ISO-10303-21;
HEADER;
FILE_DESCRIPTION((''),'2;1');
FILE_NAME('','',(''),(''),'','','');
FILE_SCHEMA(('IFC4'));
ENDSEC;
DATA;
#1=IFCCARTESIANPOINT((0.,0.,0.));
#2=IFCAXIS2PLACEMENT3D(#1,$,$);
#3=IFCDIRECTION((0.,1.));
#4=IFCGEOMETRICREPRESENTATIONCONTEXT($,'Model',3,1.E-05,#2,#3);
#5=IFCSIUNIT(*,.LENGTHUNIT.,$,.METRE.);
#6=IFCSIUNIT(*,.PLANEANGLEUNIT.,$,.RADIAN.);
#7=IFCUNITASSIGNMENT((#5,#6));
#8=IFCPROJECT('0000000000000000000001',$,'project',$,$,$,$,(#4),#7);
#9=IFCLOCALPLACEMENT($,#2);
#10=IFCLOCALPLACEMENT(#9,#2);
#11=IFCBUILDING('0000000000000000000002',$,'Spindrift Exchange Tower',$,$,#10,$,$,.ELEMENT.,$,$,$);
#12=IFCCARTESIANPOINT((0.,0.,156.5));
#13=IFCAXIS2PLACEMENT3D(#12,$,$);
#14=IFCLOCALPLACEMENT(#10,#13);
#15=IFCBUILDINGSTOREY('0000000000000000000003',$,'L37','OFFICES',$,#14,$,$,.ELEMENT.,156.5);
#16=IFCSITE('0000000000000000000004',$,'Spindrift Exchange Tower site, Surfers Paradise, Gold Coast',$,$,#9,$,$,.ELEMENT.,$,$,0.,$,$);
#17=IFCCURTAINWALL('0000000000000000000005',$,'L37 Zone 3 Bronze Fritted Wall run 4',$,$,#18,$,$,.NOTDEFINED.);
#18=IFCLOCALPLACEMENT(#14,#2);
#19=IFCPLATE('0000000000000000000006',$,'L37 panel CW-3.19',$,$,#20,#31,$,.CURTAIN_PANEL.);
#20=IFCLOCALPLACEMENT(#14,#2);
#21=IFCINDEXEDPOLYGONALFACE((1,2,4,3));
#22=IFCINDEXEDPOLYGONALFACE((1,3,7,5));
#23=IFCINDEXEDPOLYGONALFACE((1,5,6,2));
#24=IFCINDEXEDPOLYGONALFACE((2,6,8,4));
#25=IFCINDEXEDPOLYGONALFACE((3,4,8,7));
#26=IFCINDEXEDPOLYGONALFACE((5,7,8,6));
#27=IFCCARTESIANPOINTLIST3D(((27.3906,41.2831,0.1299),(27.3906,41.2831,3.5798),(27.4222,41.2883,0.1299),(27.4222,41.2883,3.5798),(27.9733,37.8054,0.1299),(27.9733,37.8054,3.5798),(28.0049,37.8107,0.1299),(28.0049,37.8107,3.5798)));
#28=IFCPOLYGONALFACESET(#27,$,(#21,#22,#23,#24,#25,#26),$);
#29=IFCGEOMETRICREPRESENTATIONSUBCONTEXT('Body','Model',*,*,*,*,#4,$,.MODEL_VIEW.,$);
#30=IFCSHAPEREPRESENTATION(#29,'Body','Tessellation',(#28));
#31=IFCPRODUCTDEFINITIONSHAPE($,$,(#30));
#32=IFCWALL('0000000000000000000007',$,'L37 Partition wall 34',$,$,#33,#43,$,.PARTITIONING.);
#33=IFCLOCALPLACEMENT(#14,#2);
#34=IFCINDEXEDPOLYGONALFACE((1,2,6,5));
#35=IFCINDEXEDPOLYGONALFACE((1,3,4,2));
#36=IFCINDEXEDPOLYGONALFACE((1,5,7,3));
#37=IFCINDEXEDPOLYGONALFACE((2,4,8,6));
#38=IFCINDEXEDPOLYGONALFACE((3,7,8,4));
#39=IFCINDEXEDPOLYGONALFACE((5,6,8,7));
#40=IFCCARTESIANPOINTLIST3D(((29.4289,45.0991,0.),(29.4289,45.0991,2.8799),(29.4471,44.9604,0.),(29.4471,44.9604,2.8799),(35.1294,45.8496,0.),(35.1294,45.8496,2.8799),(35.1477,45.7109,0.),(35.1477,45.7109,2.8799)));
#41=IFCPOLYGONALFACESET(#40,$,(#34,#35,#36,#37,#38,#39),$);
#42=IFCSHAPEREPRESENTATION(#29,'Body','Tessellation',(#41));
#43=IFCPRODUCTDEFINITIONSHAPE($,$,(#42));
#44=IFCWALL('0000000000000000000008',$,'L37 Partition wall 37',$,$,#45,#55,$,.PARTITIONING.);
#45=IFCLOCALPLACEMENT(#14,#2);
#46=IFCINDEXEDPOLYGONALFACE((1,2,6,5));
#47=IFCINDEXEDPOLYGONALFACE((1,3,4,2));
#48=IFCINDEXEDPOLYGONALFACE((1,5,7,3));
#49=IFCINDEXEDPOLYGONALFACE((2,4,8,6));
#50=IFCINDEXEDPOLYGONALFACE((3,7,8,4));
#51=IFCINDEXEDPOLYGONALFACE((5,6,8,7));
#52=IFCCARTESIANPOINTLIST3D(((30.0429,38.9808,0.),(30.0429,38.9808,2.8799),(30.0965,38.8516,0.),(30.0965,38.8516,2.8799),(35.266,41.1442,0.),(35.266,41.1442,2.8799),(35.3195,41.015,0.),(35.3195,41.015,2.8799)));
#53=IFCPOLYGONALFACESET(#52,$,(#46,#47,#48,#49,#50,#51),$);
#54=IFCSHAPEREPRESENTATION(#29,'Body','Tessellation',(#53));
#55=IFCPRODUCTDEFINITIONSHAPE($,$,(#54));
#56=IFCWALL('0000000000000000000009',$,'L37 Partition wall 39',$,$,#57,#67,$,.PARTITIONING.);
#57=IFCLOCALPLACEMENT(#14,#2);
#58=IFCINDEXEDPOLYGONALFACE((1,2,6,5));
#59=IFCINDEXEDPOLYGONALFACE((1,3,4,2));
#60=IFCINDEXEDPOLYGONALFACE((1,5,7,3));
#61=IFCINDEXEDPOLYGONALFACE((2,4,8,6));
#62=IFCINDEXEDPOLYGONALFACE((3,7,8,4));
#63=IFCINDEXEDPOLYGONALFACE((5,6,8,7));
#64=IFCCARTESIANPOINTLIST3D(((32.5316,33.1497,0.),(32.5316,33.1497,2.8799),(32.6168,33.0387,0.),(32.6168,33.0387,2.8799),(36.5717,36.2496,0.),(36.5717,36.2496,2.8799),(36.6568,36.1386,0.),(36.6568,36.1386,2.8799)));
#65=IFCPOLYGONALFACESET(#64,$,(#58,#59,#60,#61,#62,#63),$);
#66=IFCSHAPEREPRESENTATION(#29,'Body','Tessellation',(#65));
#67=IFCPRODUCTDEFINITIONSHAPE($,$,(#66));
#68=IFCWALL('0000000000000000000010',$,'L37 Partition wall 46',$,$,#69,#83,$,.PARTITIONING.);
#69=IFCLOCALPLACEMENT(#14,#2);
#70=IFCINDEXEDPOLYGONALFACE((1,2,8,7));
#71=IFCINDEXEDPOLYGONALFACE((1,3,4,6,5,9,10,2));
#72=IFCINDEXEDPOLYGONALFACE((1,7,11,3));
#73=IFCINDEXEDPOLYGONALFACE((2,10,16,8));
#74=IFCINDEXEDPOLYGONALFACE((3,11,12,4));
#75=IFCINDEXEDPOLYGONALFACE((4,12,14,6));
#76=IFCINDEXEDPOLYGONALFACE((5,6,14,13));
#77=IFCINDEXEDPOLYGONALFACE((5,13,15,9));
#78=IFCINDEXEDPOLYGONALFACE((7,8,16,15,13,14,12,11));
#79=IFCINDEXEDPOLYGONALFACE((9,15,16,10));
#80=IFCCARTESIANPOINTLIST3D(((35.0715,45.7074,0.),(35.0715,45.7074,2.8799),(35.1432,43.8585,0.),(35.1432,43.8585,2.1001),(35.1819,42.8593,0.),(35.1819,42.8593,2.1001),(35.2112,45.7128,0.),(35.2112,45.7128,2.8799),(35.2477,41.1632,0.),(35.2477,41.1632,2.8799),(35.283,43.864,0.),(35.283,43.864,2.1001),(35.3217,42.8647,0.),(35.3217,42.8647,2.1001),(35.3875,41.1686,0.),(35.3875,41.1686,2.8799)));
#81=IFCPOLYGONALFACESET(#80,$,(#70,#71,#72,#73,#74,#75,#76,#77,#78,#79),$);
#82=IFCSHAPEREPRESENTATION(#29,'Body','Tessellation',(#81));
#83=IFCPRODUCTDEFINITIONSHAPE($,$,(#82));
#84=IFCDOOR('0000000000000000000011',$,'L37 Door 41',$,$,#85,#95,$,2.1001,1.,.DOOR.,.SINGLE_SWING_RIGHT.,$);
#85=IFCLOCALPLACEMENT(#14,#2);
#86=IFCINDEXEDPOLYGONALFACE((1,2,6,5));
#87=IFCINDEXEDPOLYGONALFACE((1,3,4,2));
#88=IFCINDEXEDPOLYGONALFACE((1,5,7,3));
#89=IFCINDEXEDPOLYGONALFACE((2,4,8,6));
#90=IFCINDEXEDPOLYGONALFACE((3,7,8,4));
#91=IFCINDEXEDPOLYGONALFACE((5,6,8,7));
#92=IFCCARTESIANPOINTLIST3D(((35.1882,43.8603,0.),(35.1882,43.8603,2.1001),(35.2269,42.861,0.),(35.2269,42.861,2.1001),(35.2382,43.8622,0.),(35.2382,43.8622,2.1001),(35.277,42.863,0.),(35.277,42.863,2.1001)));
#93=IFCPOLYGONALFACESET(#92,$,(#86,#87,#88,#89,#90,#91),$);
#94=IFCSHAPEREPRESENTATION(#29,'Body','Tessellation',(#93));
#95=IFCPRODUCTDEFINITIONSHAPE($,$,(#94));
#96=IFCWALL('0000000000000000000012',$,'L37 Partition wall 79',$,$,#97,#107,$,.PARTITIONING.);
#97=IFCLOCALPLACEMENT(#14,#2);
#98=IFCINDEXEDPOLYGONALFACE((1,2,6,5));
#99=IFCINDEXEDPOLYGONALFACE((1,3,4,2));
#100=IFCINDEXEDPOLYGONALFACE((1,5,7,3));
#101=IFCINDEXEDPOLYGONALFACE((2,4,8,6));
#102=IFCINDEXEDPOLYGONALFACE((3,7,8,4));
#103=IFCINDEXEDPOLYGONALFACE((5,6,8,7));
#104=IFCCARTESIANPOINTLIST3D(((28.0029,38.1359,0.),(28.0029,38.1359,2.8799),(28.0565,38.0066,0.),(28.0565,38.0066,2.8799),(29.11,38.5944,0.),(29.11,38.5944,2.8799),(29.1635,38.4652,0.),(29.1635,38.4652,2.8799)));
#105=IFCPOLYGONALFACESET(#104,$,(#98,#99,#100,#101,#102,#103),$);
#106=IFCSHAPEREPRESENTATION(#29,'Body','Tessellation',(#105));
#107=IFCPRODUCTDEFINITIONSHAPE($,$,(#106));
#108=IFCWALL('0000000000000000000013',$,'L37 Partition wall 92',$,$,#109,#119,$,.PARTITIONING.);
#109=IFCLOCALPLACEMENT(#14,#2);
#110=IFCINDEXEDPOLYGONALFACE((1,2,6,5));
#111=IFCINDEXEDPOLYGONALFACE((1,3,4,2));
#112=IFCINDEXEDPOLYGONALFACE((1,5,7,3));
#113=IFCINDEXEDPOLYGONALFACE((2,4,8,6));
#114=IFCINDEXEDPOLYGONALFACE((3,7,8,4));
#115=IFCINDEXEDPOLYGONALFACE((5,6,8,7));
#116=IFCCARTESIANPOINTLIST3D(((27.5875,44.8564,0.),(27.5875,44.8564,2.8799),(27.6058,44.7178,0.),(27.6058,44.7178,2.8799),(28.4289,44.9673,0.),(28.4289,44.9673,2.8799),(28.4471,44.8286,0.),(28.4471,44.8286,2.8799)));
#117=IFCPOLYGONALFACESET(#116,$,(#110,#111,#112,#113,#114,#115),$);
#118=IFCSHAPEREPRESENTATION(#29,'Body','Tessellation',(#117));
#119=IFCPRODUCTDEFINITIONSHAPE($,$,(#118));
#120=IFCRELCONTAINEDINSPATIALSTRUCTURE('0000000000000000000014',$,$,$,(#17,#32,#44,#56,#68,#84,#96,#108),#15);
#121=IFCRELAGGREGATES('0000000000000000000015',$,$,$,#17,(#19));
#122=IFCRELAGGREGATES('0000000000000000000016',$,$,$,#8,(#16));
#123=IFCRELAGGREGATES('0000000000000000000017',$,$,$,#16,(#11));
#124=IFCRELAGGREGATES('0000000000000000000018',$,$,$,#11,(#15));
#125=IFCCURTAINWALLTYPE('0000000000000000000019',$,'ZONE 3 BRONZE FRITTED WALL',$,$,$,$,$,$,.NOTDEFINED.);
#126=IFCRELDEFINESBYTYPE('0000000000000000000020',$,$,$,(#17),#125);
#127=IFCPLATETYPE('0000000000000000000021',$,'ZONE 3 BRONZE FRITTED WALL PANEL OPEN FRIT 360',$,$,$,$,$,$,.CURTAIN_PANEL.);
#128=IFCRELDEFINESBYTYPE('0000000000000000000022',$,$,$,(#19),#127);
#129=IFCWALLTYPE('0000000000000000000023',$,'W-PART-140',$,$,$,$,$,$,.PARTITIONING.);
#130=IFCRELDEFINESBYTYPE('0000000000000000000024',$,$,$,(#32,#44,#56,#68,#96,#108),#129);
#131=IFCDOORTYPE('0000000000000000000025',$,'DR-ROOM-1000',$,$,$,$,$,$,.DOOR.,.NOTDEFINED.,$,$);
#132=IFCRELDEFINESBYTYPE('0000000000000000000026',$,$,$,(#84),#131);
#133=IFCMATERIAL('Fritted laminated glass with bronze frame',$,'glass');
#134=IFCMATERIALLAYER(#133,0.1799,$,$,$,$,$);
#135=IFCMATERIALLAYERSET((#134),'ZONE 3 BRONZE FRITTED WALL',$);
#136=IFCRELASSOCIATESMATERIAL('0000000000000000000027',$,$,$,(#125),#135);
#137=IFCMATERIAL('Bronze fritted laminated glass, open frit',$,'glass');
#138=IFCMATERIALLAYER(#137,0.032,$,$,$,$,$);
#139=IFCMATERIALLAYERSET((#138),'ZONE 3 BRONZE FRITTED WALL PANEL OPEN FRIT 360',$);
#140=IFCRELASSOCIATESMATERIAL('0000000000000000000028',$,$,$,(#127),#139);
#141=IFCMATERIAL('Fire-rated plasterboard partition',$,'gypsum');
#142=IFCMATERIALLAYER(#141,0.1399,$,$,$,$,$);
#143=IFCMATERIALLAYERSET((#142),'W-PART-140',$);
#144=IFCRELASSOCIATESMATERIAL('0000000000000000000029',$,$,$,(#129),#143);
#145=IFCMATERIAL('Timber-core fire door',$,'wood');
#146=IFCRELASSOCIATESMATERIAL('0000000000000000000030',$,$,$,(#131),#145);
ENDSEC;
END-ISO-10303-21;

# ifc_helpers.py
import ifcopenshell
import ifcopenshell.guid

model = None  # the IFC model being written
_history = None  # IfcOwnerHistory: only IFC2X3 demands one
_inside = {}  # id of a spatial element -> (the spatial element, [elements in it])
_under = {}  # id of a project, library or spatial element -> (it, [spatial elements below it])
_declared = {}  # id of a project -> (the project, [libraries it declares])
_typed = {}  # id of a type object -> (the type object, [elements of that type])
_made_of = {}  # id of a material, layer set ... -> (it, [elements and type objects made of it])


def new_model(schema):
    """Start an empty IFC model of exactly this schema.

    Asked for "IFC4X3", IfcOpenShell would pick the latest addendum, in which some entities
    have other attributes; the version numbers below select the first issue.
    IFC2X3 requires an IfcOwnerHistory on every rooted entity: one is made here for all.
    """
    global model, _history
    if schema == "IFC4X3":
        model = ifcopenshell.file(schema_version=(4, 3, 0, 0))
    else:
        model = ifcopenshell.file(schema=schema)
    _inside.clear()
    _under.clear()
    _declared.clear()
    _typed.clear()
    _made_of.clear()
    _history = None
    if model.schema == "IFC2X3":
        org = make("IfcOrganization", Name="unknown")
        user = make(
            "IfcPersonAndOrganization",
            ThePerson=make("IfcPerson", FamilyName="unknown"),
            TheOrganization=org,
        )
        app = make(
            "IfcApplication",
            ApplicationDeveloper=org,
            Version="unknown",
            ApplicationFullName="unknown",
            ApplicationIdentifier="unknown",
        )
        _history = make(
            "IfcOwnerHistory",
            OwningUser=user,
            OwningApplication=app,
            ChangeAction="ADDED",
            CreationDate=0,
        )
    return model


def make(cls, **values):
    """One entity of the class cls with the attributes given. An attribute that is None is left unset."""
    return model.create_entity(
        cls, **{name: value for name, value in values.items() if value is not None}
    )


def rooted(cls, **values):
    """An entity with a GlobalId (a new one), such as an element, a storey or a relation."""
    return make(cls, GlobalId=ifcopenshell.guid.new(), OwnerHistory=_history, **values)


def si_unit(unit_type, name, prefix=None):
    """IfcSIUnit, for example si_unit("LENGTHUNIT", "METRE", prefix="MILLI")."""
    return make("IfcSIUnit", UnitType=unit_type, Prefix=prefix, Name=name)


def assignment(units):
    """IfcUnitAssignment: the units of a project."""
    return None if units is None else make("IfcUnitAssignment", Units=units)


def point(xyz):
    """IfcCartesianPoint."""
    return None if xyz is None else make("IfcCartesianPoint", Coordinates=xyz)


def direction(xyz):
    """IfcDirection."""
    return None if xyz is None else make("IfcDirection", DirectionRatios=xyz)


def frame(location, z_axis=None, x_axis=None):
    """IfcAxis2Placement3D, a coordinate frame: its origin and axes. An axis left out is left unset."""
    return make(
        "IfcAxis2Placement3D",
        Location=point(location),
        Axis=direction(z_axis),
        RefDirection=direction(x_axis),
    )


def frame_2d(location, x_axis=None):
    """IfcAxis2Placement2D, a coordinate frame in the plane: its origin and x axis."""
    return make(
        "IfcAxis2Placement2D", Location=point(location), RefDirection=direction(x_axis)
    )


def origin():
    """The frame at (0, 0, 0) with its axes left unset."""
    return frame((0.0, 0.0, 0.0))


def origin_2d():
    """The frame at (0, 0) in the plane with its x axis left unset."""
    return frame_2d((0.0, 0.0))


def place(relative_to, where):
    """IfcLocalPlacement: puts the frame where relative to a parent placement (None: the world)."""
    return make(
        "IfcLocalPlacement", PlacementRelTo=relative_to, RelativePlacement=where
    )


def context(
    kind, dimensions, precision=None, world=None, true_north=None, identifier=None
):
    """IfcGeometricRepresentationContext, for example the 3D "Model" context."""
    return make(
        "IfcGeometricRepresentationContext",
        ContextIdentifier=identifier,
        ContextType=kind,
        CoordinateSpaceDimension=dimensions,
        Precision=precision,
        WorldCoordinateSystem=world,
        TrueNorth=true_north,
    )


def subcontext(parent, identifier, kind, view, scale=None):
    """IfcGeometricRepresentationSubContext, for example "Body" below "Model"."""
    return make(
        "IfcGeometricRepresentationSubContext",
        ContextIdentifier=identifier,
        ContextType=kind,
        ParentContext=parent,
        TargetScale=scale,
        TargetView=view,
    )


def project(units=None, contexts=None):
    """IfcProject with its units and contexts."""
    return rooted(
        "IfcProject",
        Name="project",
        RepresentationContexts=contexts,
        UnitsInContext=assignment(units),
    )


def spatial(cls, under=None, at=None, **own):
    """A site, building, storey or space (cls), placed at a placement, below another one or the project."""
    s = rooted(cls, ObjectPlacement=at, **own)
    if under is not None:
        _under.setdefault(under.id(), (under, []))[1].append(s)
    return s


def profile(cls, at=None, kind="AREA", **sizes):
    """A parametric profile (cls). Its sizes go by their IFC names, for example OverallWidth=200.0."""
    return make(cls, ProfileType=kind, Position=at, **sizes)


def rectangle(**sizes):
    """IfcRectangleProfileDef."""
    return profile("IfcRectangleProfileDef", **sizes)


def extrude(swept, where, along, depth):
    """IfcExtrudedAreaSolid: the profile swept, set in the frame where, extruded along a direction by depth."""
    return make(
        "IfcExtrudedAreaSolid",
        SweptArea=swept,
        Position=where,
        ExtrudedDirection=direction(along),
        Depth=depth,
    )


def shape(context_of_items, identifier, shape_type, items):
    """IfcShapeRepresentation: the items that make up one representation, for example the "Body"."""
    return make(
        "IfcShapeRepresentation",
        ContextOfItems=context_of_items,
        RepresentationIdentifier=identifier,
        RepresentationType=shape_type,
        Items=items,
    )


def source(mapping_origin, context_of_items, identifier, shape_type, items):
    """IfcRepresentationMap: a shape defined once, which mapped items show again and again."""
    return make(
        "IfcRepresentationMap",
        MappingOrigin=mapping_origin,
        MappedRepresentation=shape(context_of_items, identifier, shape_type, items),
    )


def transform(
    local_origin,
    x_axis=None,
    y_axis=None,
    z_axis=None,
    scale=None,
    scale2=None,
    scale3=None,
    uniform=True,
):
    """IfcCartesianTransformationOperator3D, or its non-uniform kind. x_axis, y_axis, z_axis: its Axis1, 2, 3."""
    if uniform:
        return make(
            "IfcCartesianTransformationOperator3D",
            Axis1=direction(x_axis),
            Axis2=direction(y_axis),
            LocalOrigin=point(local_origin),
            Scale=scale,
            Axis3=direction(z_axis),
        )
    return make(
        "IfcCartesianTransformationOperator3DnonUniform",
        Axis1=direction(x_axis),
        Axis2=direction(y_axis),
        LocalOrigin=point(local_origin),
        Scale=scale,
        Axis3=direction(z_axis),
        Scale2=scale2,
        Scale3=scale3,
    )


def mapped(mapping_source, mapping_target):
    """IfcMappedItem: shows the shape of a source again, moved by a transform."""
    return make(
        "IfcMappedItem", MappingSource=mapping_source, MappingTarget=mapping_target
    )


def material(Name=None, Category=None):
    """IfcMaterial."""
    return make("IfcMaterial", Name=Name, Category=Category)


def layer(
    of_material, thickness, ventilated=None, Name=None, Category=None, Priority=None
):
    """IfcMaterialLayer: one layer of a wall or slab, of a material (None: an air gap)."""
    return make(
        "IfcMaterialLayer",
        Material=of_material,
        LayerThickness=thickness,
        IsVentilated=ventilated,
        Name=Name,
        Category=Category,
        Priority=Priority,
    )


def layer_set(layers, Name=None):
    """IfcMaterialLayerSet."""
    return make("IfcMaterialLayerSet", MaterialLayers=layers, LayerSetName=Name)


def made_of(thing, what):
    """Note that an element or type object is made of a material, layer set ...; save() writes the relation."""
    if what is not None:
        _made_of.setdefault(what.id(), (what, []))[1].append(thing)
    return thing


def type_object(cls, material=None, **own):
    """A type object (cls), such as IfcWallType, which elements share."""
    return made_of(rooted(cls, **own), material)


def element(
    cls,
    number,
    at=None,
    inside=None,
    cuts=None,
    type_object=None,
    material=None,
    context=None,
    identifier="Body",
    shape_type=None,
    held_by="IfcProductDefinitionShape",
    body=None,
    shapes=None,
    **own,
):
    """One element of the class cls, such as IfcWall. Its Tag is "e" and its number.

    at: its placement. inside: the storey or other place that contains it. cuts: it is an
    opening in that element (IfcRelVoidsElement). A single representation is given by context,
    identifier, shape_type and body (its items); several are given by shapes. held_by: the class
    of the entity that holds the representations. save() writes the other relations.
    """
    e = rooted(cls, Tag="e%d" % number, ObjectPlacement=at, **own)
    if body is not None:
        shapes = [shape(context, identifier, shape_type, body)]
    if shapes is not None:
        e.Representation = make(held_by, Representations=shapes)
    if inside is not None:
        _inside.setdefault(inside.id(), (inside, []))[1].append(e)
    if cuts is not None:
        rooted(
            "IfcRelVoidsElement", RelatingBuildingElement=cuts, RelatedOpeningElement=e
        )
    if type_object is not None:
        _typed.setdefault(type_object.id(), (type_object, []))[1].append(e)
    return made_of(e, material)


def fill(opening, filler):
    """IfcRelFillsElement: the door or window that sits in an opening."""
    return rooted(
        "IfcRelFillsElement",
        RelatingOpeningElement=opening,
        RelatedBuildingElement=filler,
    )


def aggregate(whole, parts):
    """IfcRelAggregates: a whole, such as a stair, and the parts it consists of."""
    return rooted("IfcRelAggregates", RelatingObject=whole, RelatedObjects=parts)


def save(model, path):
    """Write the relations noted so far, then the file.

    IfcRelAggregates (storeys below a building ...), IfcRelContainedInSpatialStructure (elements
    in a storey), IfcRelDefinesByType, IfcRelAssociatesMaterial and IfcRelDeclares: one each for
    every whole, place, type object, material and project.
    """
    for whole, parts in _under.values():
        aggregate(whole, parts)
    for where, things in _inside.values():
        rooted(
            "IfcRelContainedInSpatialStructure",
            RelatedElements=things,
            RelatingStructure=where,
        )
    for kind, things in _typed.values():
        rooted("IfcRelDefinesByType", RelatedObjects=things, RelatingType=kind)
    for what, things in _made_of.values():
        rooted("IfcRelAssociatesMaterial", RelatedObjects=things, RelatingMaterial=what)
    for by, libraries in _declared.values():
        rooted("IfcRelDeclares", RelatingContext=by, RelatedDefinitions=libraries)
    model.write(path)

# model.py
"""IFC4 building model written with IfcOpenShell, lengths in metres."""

from ifc_helpers import new_model, si_unit, direction, frame, frame_2d, origin, origin_2d, place, context, subcontext, project, spatial, rectangle, extrude, source, transform, mapped, material, layer, layer_set, type_object, element, fill, aggregate, save


model = new_model("IFC4")

# Units and contexts
model_context = context("Model", 3, precision=1e-05, world=origin(), true_north=direction((0.0, 1.0)))
body_context = subcontext(model_context, "Body", "Model", "MODEL_VIEW")
ifc_project = project(units=[si_unit("LENGTHUNIT", "METRE"), si_unit("PLANEANGLEUNIT", "RADIAN")], contexts=[model_context])

# Site, building, storey
site_placement = place(None, origin())
site = spatial("IfcSite", under=ifc_project, at=site_placement, Name="Spindrift Exchange Tower site, Surfers Paradise, Gold Coast", CompositionType="ELEMENT", RefElevation=0.0)
building_placement = place(site_placement, origin())
building = spatial("IfcBuilding", under=site, at=building_placement, Name="Spindrift Exchange Tower", CompositionType="ELEMENT")
storey_placement = place(building_placement, frame((0.0, 0.0, 156.5)))
storey = spatial("IfcBuildingStorey", under=building, at=storey_placement, Name="L37", Description="OFFICES", CompositionType="ELEMENT", Elevation=156.5)

# Curtain wall
ifc_material_1 = material(Name="Fritted laminated glass with bronze frame", Category="glass")
ifc_layer_1 = layer(ifc_material_1, 0.1799)
ifc_layer_set_1 = layer_set([ifc_layer_1], Name="ZONE 3 BRONZE FRITTED WALL")
curtain_wall_type = type_object("IfcCurtainWallType", Name="ZONE 3 BRONZE FRITTED WALL", PredefinedType="NOTDEFINED", material=ifc_layer_set_1)
curtain_wall_1_placement = place(storey_placement, origin())
curtain_wall_1 = element("IfcCurtainWall", 1, at=curtain_wall_1_placement, inside=storey, type_object=curtain_wall_type, Name="L37 Zone 3 Bronze Fritted Wall run 4", PredefinedType="NOTDEFINED")

# Plate
ifc_material_2 = material(Name="Bronze fritted laminated glass, open frit", Category="glass")
ifc_layer_2 = layer(ifc_material_2, 0.032)
ifc_layer_set_2 = layer_set([ifc_layer_2], Name="ZONE 3 BRONZE FRITTED WALL PANEL OPEN FRIT 360")
plate_type_1 = type_object("IfcPlateType", Name="ZONE 3 BRONZE FRITTED WALL PANEL OPEN FRIT 360", PredefinedType="CURTAIN_PANEL", material=ifc_layer_set_2)
shared_shape_1 = source(origin(), body_context, "Body", "SweptSolid", [
    extrude(rectangle(XDim=3.5261, YDim=0.032, at=origin_2d()), origin(), (0.0, 0.0, 1.0), 3.45),
])
plate_1_placement = place(storey_placement, frame((27.6978, 39.5469, 0.1299), z_axis=(0.0, 0.0, 1.0), x_axis=(0.165256, -0.986251, 0.0)))
plate_1 = element("IfcPlate", 2, at=plate_1_placement, type_object=plate_type_1, Name="L37 panel CW-3.19", PredefinedType="CURTAIN_PANEL", context=body_context, shape_type="MappedRepresentation", body=[
    mapped(shared_shape_1, transform((0.0, 0.0, 0.0), scale=1.0)),
])
aggregate(curtain_wall_1, [plate_1])

# Walls
ifc_material_3 = material(Name="Fire-rated plasterboard partition", Category="gypsum")
ifc_layer_3 = layer(ifc_material_3, 0.1399)
ifc_layer_set_3 = layer_set([ifc_layer_3], Name="W-PART-140")
wall_type = type_object("IfcWallType", Name="W-PART-140", PredefinedType="PARTITIONING", material=ifc_layer_set_3)
wall_1_placement = place(storey_placement, frame((35.1387, 45.7803, 0.0), z_axis=(0.0, 0.0, 1.0), x_axis=(-0.991445, -0.130523, 0.0)))
element("IfcWall", 3, at=wall_1_placement, inside=storey, type_object=wall_type, Name="L37 Partition wall 34", PredefinedType="PARTITIONING", context=body_context, shape_type="SweptSolid", body=[
    extrude(rectangle(XDim=5.7498, YDim=0.1399, at=frame_2d((2.875, 0.0))), origin(), (0.0, 0.0, 1.0), 2.8799),
])
wall_2_placement = place(storey_placement, frame((35.2927, 41.0796, 0.0), z_axis=(0.0, 0.0, 1.0), x_axis=(-0.923884, -0.382673, 0.0)))
element("IfcWall", 4, at=wall_2_placement, inside=storey, type_object=wall_type, Name="L37 Partition wall 37", PredefinedType="PARTITIONING", context=body_context, shape_type="SweptSolid", body=[
    extrude(rectangle(XDim=5.6533, YDim=0.1399, at=frame_2d((2.8267, 0.0))), origin(), (0.0, 0.0, 1.0), 2.8799),
])
wall_3_placement = place(storey_placement, frame((36.6143, 36.1941, 0.0), z_axis=(0.0, 0.0, 1.0), x_axis=(-0.79337, -0.608739, 0.0)))
element("IfcWall", 5, at=wall_3_placement, inside=storey, type_object=wall_type, Name="L37 Partition wall 39", PredefinedType="PARTITIONING", context=body_context, shape_type="SweptSolid", body=[
    extrude(rectangle(XDim=5.0923, YDim=0.1399, at=frame_2d((2.5461, 0.0))), origin(), (0.0, 0.0, 1.0), 2.8799),
])

# Wall, opening, door
wall_4_placement = place(storey_placement, frame((35.3176, 41.1658, 0.0), z_axis=(0.0, 0.0, 1.0), x_axis=(-0.038761, 0.999249, 0.0)))
wall_4 = element("IfcWall", 6, at=wall_4_placement, inside=storey, type_object=wall_type, Name="L37 Partition wall 46", PredefinedType="PARTITIONING", context=body_context, shape_type="SweptSolid", body=[
    extrude(rectangle(XDim=4.5476, YDim=0.1399, at=frame_2d((2.2739, 0.0))), origin(), (0.0, 0.0, 1.0), 2.8799),
])
opening_placement = place(wall_4_placement, frame((1.6975, 0.0, 0.0)))
opening = element("IfcOpeningElement", 7, at=opening_placement, cuts=wall_4, PredefinedType="OPENING", context=body_context, shape_type="SweptSolid", body=[
    extrude(rectangle(XDim=1.0, YDim=2.1001, at=frame_2d((0.5, 1.05))), frame((0.0, 0.0798, 0.0), z_axis=(0.0, -1.0, 0.0), x_axis=(1.0, 0.0, 0.0)), (0.0, 0.0, 1.0), 0.1599),
])
ifc_material_4 = material(Name="Timber-core fire door", Category="wood")
door_type = type_object("IfcDoorType", Name="DR-ROOM-1000", OperationType="NOTDEFINED", PredefinedType="DOOR", material=ifc_material_4)
shared_shape_2 = source(origin(), body_context, "Body", "SweptSolid", [
    extrude(rectangle(XDim=1.0, YDim=2.1001, at=frame_2d((0.5, 1.05))), frame((0.0, 0.0249, 0.0), z_axis=(0.0, -1.0, 0.0), x_axis=(1.0, 0.0, 0.0)), (0.0, 0.0, 1.0), 0.05),
])
door_placement = place(opening_placement, origin())
door = element("IfcDoor", 8, at=door_placement, inside=storey, type_object=door_type, Name="L37 Door 41", OperationType="SINGLE_SWING_RIGHT", OverallHeight=2.1001, OverallWidth=1.0, PredefinedType="DOOR", context=body_context, shape_type="MappedRepresentation", body=[
    mapped(shared_shape_2, transform((0.0, 0.0, 0.0), scale=1.0)),
])
fill(opening, door)

# Walls
wall_5_placement = place(storey_placement, frame((29.1367, 38.5298, 0.0), z_axis=(0.0, 0.0, 1.0), x_axis=(-0.923883, -0.382676, 0.0)))
element("IfcWall", 9, at=wall_5_placement, inside=storey, type_object=wall_type, Name="L37 Partition wall 79", PredefinedType="PARTITIONING", context=body_context, shape_type="SweptSolid", body=[
    extrude(rectangle(XDim=1.1982, YDim=0.1399, at=frame_2d((0.5991, 0.0))), origin(), (0.0, 0.0, 1.0), 2.8799),
])
wall_6_placement = place(storey_placement, frame((28.438, 44.8979, 0.0), z_axis=(0.0, 0.0, 1.0), x_axis=(-0.991433, -0.130618, 0.0)))
element("IfcWall", 10, at=wall_6_placement, inside=storey, type_object=wall_type, Name="L37 Partition wall 92", PredefinedType="PARTITIONING", context=body_context, shape_type="SweptSolid", body=[
    extrude(rectangle(XDim=0.8486, YDim=0.1399, at=frame_2d((0.4243, 0.0))), origin(), (0.0, 0.0, 1.0), 2.8799),
])

save(model, "model.ifc")
